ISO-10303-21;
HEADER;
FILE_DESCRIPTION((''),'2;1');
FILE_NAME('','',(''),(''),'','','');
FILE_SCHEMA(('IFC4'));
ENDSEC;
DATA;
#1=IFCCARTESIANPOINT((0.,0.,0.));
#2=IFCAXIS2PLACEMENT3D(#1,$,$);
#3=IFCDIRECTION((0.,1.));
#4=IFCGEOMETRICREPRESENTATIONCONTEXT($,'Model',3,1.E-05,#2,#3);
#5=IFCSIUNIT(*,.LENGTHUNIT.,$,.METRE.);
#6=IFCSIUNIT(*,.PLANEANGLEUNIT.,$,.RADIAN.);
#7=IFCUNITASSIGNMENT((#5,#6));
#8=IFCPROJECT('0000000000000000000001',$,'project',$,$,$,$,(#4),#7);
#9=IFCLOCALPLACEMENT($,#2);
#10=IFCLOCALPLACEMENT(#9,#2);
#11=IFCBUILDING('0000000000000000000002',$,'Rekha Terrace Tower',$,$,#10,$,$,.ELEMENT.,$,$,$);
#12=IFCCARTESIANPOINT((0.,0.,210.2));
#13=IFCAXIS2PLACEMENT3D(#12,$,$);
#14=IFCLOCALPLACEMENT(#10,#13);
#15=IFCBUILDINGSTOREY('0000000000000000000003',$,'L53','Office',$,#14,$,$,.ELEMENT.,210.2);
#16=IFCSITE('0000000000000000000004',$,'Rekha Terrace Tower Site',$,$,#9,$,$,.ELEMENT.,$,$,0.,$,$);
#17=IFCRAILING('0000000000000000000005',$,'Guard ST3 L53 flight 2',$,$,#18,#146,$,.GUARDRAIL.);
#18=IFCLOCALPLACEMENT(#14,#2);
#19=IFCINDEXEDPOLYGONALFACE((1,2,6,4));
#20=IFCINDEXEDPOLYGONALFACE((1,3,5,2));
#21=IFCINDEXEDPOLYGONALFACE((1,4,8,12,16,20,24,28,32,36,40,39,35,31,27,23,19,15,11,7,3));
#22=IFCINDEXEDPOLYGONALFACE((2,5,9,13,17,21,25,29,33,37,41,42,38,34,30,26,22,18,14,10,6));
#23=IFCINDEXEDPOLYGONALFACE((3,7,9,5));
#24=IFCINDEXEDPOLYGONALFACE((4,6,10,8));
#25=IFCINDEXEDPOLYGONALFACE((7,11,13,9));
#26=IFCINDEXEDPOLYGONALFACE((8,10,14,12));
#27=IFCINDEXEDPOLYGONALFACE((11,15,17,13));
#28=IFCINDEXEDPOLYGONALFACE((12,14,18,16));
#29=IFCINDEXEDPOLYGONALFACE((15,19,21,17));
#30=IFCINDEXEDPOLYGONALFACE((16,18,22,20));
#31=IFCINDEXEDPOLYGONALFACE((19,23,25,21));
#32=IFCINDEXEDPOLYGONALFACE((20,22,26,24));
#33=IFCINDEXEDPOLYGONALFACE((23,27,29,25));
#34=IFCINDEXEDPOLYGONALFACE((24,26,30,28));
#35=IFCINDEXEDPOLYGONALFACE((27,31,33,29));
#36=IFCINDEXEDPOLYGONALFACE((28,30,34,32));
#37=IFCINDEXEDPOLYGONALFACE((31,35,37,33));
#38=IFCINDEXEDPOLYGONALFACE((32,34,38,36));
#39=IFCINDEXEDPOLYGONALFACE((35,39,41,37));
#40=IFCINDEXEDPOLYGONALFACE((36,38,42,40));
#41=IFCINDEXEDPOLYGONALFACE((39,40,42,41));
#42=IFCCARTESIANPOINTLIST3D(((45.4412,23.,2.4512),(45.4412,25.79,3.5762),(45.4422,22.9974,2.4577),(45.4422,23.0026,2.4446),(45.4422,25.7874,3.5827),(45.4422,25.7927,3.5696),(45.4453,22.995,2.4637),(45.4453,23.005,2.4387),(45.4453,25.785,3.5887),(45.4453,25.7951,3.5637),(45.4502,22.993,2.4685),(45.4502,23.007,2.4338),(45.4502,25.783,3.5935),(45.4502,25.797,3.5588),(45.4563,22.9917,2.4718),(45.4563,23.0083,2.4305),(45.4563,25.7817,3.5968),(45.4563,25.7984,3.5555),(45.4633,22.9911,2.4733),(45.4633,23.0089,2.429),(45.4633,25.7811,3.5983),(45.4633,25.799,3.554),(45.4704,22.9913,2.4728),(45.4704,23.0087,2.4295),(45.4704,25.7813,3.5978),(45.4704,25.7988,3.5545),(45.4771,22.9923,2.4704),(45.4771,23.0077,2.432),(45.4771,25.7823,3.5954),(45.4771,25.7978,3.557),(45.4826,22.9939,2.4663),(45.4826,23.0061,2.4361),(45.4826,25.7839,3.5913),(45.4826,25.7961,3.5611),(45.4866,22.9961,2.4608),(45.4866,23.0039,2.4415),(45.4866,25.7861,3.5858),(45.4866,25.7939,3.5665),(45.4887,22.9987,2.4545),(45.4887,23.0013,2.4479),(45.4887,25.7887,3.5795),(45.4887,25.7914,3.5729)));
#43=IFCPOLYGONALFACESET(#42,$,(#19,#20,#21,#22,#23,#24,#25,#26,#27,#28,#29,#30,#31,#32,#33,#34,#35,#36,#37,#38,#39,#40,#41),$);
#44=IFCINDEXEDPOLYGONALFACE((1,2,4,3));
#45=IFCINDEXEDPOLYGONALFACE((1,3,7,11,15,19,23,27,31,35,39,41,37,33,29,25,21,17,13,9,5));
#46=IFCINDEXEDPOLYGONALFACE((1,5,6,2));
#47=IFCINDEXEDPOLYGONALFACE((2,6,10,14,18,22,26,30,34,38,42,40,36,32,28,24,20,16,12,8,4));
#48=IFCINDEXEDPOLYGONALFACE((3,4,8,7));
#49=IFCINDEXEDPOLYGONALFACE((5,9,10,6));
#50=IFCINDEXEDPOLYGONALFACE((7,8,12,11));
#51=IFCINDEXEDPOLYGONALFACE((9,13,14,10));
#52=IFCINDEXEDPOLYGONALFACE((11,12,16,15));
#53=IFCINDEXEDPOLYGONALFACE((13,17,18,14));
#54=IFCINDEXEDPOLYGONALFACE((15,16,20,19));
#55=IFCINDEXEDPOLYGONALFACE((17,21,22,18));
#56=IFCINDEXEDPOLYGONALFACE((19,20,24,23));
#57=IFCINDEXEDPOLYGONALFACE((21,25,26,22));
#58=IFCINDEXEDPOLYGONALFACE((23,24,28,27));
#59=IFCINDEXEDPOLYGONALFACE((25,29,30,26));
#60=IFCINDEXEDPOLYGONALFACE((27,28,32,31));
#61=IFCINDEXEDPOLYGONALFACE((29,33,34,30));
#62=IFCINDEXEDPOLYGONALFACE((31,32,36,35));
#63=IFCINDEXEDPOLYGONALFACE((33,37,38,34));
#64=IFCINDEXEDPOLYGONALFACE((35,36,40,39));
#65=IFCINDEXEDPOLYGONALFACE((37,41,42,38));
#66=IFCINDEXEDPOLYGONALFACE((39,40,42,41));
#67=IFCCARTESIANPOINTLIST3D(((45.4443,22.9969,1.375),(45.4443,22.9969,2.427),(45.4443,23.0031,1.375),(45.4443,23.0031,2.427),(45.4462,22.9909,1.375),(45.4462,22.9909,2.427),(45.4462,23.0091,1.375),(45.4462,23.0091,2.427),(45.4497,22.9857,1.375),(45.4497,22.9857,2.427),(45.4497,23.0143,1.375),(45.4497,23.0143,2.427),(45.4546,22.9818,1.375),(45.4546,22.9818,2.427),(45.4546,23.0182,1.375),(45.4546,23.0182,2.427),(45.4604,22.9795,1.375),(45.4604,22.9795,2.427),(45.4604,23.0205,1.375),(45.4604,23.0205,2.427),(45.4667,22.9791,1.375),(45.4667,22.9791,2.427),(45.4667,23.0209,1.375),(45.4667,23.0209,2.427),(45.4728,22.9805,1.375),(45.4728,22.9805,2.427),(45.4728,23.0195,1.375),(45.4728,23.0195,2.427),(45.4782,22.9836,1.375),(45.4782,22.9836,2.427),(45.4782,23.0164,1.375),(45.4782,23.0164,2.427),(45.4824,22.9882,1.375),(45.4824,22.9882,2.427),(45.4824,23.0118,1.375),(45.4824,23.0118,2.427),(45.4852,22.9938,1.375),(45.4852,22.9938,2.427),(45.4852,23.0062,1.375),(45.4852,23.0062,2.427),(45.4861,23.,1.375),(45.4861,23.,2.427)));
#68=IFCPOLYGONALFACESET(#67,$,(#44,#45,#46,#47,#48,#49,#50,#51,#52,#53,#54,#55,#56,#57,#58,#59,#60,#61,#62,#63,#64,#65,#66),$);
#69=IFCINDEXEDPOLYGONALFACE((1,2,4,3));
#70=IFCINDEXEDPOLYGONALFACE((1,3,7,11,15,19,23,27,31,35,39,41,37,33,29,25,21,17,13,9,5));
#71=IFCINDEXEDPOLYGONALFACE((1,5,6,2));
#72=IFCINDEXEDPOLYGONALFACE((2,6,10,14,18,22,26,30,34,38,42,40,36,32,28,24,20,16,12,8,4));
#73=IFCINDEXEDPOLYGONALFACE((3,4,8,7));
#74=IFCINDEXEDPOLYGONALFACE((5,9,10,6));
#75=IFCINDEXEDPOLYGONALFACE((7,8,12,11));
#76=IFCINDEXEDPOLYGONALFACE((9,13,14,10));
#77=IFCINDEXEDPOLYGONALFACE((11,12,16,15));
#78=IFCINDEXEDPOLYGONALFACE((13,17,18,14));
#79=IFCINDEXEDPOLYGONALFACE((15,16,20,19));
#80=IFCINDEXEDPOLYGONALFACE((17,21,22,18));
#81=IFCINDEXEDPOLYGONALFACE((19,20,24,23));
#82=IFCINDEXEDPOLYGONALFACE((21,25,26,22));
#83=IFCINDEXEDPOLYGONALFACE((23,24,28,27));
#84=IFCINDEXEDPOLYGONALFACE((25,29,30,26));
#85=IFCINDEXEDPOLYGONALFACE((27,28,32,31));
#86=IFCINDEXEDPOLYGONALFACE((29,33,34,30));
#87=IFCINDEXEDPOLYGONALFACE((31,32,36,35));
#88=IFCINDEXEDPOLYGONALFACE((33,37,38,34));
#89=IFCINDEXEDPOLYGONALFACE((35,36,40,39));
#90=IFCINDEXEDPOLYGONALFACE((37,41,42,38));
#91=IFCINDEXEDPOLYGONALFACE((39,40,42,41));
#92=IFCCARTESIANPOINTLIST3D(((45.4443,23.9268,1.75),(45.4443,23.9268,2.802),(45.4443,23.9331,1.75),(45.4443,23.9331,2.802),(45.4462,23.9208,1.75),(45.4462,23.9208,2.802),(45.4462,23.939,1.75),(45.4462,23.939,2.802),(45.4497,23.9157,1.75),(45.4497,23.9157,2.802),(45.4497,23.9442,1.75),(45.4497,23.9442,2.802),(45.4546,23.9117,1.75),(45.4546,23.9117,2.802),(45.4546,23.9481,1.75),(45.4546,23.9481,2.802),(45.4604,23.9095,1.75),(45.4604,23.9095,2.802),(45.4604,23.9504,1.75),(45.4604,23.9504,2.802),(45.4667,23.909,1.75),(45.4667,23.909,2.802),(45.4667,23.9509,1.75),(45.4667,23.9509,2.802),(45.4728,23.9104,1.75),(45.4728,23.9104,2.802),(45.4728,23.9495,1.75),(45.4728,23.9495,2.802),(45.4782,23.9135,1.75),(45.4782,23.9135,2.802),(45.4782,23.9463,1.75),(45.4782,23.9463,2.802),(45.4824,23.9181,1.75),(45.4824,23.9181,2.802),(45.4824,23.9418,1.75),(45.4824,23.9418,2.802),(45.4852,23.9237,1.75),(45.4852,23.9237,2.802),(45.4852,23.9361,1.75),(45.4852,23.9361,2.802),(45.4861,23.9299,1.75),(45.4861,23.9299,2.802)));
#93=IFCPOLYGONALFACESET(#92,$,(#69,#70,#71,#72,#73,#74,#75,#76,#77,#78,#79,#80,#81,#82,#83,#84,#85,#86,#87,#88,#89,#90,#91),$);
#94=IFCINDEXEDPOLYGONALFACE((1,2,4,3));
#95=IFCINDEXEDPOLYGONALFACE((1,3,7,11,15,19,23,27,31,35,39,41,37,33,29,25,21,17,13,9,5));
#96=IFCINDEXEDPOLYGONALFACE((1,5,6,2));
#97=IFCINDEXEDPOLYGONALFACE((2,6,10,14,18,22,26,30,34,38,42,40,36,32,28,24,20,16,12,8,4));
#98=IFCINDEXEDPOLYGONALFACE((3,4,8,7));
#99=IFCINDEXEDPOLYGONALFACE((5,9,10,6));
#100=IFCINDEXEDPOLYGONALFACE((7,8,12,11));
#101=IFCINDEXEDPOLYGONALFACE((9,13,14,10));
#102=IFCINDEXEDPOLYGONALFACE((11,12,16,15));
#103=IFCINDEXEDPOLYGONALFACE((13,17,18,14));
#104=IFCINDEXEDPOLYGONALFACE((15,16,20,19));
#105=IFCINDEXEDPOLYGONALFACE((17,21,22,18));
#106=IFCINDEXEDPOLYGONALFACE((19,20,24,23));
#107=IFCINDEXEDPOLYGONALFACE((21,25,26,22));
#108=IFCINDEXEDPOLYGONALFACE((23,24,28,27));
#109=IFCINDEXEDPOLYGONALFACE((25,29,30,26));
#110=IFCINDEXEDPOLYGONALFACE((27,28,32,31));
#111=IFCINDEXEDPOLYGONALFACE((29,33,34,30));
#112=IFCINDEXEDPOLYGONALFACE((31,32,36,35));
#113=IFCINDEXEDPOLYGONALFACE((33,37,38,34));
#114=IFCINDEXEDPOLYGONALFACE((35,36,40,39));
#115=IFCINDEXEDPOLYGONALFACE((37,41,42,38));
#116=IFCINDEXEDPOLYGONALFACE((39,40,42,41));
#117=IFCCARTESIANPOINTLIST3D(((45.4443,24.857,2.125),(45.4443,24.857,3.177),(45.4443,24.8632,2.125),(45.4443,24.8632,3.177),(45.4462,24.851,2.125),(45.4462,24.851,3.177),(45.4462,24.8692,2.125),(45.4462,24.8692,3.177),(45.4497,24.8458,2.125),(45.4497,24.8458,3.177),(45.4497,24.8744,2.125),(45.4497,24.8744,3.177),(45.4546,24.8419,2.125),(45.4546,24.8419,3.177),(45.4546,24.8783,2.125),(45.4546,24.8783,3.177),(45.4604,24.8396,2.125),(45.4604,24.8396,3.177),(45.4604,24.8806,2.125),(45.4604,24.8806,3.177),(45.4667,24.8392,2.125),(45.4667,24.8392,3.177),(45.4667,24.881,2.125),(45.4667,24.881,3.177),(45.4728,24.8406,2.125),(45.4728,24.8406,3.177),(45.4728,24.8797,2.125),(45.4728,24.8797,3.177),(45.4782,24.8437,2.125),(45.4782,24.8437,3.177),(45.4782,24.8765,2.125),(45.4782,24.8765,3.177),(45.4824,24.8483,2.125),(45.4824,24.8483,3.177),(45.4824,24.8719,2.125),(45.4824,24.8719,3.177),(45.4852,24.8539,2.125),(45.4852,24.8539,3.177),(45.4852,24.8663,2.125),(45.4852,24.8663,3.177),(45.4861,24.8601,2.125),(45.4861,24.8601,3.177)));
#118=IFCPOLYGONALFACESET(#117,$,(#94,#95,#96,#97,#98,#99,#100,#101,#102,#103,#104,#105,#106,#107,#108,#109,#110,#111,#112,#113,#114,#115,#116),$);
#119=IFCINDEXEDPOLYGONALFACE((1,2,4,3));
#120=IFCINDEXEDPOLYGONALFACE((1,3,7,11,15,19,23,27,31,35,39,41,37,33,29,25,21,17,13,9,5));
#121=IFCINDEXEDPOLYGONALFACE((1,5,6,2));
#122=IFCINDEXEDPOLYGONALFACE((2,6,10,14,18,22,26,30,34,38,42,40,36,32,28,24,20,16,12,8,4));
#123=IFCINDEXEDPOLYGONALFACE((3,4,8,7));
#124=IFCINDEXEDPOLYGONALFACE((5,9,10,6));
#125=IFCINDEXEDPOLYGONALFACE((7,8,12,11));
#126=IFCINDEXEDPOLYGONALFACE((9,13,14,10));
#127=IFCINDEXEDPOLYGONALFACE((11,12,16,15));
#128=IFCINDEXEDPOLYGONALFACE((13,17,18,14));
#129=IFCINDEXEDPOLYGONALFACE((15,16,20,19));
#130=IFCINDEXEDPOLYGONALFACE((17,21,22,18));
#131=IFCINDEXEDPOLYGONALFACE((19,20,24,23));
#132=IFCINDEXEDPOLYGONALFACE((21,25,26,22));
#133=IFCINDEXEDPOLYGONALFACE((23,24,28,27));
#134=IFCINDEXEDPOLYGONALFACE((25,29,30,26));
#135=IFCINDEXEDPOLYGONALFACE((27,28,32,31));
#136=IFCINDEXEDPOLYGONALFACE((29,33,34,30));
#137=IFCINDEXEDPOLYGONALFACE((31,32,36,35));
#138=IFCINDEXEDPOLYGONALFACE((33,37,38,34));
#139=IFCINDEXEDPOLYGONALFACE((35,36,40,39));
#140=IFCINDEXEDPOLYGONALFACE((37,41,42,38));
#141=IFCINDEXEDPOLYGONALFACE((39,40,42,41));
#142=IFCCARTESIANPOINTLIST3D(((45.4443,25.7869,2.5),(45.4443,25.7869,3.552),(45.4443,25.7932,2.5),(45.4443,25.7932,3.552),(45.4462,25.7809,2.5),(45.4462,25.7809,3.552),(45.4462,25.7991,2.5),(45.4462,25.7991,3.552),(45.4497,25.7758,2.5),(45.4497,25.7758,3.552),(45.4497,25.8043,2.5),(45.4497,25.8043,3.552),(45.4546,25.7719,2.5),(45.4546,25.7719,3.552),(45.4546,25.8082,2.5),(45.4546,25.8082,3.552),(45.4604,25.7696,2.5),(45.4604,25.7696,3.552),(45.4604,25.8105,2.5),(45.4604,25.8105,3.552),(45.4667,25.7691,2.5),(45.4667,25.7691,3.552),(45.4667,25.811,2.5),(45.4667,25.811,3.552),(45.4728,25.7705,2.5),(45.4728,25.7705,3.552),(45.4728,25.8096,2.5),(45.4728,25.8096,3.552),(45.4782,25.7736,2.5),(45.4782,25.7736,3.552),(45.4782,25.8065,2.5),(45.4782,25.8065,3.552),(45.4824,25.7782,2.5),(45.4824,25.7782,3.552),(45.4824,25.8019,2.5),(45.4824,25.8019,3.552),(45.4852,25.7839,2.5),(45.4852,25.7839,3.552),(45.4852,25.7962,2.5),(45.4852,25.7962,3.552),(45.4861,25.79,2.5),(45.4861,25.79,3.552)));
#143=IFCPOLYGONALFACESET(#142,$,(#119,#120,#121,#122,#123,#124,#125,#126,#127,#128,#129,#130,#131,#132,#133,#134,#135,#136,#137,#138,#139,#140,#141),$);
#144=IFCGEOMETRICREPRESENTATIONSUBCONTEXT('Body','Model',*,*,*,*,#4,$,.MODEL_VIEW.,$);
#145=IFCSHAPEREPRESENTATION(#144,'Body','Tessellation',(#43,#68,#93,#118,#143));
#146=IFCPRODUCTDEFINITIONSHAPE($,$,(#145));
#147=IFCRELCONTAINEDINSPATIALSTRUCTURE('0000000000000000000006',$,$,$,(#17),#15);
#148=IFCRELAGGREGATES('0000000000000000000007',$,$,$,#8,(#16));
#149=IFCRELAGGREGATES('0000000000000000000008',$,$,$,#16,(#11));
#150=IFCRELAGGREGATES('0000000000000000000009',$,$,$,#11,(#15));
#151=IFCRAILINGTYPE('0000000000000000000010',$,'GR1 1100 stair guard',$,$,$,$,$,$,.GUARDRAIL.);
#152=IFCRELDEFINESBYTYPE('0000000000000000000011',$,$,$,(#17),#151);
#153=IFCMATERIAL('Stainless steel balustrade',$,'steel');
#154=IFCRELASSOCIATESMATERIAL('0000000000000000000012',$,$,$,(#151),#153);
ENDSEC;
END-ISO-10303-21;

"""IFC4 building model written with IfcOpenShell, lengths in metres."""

from ifc_helpers import new_model, si_unit, direction, frame, origin, origin_2d, place, context, subcontext, project, spatial, circle, extrude, material, type_object, element, save


model = new_model("IFC4")

# Units and contexts
model_context = context("Model", 3, precision=1e-05, world=origin(), true_north=direction((0.0, 1.0)))
body_context = subcontext(model_context, "Body", "Model", "MODEL_VIEW")
ifc_project = project(units=[si_unit("LENGTHUNIT", "METRE"), si_unit("PLANEANGLEUNIT", "RADIAN")], contexts=[model_context])

# Site, building, storey
site_placement = place(None, origin())
site = spatial("IfcSite", under=ifc_project, at=site_placement, Name="Rekha Terrace Tower Site", CompositionType="ELEMENT", RefElevation=0.0)
building_placement = place(site_placement, origin())
building = spatial("IfcBuilding", under=site, at=building_placement, Name="Rekha Terrace Tower", CompositionType="ELEMENT")
storey_placement = place(building_placement, frame((0.0, 0.0, 210.2)))
storey = spatial("IfcBuildingStorey", under=building, at=storey_placement, Name="L53", Description="Office", CompositionType="ELEMENT", Elevation=210.2)

# Railing
ifc_material_1 = material(Name="Stainless steel balustrade", Category="steel")
railing_type_1 = type_object("IfcRailingType", Name="GR1 1100 stair guard", PredefinedType="GUARDRAIL", material=ifc_material_1)
railing_1_placement = place(storey_placement, frame((45.4651, 23.0, 1.375)))
element("IfcRailing", 1, at=railing_1_placement, inside=storey, type_object=railing_type_1, Name="Guard ST3 L53 flight 2", PredefinedType="GUARDRAIL", context=body_context, shape_type="SweptSolid", body=[
    extrude(circle(Radius=0.0239, at=origin_2d()), frame((0.0, 0.0, 1.0762), z_axis=(0.0, 0.927443, 0.373964), x_axis=(-1.0, 0.0, 0.0)), (0.0, 0.0, 1.0), 3.0083),
    extrude(circle(Radius=0.021, at=origin_2d()), origin(), (0.0, 0.0, 1.0), 1.052),
    extrude(circle(Radius=0.021, at=origin_2d()), frame((0.0, 0.9299, 0.375)), (0.0, 0.0, 1.0), 1.052),
    extrude(circle(Radius=0.021, at=origin_2d()), frame((0.0, 1.8601, 0.75)), (0.0, 0.0, 1.0), 1.052),
    extrude(circle(Radius=0.021, at=origin_2d()), frame((0.0, 2.79, 1.125)), (0.0, 0.0, 1.0), 1.052),
])

save(model, "model.ifc")
